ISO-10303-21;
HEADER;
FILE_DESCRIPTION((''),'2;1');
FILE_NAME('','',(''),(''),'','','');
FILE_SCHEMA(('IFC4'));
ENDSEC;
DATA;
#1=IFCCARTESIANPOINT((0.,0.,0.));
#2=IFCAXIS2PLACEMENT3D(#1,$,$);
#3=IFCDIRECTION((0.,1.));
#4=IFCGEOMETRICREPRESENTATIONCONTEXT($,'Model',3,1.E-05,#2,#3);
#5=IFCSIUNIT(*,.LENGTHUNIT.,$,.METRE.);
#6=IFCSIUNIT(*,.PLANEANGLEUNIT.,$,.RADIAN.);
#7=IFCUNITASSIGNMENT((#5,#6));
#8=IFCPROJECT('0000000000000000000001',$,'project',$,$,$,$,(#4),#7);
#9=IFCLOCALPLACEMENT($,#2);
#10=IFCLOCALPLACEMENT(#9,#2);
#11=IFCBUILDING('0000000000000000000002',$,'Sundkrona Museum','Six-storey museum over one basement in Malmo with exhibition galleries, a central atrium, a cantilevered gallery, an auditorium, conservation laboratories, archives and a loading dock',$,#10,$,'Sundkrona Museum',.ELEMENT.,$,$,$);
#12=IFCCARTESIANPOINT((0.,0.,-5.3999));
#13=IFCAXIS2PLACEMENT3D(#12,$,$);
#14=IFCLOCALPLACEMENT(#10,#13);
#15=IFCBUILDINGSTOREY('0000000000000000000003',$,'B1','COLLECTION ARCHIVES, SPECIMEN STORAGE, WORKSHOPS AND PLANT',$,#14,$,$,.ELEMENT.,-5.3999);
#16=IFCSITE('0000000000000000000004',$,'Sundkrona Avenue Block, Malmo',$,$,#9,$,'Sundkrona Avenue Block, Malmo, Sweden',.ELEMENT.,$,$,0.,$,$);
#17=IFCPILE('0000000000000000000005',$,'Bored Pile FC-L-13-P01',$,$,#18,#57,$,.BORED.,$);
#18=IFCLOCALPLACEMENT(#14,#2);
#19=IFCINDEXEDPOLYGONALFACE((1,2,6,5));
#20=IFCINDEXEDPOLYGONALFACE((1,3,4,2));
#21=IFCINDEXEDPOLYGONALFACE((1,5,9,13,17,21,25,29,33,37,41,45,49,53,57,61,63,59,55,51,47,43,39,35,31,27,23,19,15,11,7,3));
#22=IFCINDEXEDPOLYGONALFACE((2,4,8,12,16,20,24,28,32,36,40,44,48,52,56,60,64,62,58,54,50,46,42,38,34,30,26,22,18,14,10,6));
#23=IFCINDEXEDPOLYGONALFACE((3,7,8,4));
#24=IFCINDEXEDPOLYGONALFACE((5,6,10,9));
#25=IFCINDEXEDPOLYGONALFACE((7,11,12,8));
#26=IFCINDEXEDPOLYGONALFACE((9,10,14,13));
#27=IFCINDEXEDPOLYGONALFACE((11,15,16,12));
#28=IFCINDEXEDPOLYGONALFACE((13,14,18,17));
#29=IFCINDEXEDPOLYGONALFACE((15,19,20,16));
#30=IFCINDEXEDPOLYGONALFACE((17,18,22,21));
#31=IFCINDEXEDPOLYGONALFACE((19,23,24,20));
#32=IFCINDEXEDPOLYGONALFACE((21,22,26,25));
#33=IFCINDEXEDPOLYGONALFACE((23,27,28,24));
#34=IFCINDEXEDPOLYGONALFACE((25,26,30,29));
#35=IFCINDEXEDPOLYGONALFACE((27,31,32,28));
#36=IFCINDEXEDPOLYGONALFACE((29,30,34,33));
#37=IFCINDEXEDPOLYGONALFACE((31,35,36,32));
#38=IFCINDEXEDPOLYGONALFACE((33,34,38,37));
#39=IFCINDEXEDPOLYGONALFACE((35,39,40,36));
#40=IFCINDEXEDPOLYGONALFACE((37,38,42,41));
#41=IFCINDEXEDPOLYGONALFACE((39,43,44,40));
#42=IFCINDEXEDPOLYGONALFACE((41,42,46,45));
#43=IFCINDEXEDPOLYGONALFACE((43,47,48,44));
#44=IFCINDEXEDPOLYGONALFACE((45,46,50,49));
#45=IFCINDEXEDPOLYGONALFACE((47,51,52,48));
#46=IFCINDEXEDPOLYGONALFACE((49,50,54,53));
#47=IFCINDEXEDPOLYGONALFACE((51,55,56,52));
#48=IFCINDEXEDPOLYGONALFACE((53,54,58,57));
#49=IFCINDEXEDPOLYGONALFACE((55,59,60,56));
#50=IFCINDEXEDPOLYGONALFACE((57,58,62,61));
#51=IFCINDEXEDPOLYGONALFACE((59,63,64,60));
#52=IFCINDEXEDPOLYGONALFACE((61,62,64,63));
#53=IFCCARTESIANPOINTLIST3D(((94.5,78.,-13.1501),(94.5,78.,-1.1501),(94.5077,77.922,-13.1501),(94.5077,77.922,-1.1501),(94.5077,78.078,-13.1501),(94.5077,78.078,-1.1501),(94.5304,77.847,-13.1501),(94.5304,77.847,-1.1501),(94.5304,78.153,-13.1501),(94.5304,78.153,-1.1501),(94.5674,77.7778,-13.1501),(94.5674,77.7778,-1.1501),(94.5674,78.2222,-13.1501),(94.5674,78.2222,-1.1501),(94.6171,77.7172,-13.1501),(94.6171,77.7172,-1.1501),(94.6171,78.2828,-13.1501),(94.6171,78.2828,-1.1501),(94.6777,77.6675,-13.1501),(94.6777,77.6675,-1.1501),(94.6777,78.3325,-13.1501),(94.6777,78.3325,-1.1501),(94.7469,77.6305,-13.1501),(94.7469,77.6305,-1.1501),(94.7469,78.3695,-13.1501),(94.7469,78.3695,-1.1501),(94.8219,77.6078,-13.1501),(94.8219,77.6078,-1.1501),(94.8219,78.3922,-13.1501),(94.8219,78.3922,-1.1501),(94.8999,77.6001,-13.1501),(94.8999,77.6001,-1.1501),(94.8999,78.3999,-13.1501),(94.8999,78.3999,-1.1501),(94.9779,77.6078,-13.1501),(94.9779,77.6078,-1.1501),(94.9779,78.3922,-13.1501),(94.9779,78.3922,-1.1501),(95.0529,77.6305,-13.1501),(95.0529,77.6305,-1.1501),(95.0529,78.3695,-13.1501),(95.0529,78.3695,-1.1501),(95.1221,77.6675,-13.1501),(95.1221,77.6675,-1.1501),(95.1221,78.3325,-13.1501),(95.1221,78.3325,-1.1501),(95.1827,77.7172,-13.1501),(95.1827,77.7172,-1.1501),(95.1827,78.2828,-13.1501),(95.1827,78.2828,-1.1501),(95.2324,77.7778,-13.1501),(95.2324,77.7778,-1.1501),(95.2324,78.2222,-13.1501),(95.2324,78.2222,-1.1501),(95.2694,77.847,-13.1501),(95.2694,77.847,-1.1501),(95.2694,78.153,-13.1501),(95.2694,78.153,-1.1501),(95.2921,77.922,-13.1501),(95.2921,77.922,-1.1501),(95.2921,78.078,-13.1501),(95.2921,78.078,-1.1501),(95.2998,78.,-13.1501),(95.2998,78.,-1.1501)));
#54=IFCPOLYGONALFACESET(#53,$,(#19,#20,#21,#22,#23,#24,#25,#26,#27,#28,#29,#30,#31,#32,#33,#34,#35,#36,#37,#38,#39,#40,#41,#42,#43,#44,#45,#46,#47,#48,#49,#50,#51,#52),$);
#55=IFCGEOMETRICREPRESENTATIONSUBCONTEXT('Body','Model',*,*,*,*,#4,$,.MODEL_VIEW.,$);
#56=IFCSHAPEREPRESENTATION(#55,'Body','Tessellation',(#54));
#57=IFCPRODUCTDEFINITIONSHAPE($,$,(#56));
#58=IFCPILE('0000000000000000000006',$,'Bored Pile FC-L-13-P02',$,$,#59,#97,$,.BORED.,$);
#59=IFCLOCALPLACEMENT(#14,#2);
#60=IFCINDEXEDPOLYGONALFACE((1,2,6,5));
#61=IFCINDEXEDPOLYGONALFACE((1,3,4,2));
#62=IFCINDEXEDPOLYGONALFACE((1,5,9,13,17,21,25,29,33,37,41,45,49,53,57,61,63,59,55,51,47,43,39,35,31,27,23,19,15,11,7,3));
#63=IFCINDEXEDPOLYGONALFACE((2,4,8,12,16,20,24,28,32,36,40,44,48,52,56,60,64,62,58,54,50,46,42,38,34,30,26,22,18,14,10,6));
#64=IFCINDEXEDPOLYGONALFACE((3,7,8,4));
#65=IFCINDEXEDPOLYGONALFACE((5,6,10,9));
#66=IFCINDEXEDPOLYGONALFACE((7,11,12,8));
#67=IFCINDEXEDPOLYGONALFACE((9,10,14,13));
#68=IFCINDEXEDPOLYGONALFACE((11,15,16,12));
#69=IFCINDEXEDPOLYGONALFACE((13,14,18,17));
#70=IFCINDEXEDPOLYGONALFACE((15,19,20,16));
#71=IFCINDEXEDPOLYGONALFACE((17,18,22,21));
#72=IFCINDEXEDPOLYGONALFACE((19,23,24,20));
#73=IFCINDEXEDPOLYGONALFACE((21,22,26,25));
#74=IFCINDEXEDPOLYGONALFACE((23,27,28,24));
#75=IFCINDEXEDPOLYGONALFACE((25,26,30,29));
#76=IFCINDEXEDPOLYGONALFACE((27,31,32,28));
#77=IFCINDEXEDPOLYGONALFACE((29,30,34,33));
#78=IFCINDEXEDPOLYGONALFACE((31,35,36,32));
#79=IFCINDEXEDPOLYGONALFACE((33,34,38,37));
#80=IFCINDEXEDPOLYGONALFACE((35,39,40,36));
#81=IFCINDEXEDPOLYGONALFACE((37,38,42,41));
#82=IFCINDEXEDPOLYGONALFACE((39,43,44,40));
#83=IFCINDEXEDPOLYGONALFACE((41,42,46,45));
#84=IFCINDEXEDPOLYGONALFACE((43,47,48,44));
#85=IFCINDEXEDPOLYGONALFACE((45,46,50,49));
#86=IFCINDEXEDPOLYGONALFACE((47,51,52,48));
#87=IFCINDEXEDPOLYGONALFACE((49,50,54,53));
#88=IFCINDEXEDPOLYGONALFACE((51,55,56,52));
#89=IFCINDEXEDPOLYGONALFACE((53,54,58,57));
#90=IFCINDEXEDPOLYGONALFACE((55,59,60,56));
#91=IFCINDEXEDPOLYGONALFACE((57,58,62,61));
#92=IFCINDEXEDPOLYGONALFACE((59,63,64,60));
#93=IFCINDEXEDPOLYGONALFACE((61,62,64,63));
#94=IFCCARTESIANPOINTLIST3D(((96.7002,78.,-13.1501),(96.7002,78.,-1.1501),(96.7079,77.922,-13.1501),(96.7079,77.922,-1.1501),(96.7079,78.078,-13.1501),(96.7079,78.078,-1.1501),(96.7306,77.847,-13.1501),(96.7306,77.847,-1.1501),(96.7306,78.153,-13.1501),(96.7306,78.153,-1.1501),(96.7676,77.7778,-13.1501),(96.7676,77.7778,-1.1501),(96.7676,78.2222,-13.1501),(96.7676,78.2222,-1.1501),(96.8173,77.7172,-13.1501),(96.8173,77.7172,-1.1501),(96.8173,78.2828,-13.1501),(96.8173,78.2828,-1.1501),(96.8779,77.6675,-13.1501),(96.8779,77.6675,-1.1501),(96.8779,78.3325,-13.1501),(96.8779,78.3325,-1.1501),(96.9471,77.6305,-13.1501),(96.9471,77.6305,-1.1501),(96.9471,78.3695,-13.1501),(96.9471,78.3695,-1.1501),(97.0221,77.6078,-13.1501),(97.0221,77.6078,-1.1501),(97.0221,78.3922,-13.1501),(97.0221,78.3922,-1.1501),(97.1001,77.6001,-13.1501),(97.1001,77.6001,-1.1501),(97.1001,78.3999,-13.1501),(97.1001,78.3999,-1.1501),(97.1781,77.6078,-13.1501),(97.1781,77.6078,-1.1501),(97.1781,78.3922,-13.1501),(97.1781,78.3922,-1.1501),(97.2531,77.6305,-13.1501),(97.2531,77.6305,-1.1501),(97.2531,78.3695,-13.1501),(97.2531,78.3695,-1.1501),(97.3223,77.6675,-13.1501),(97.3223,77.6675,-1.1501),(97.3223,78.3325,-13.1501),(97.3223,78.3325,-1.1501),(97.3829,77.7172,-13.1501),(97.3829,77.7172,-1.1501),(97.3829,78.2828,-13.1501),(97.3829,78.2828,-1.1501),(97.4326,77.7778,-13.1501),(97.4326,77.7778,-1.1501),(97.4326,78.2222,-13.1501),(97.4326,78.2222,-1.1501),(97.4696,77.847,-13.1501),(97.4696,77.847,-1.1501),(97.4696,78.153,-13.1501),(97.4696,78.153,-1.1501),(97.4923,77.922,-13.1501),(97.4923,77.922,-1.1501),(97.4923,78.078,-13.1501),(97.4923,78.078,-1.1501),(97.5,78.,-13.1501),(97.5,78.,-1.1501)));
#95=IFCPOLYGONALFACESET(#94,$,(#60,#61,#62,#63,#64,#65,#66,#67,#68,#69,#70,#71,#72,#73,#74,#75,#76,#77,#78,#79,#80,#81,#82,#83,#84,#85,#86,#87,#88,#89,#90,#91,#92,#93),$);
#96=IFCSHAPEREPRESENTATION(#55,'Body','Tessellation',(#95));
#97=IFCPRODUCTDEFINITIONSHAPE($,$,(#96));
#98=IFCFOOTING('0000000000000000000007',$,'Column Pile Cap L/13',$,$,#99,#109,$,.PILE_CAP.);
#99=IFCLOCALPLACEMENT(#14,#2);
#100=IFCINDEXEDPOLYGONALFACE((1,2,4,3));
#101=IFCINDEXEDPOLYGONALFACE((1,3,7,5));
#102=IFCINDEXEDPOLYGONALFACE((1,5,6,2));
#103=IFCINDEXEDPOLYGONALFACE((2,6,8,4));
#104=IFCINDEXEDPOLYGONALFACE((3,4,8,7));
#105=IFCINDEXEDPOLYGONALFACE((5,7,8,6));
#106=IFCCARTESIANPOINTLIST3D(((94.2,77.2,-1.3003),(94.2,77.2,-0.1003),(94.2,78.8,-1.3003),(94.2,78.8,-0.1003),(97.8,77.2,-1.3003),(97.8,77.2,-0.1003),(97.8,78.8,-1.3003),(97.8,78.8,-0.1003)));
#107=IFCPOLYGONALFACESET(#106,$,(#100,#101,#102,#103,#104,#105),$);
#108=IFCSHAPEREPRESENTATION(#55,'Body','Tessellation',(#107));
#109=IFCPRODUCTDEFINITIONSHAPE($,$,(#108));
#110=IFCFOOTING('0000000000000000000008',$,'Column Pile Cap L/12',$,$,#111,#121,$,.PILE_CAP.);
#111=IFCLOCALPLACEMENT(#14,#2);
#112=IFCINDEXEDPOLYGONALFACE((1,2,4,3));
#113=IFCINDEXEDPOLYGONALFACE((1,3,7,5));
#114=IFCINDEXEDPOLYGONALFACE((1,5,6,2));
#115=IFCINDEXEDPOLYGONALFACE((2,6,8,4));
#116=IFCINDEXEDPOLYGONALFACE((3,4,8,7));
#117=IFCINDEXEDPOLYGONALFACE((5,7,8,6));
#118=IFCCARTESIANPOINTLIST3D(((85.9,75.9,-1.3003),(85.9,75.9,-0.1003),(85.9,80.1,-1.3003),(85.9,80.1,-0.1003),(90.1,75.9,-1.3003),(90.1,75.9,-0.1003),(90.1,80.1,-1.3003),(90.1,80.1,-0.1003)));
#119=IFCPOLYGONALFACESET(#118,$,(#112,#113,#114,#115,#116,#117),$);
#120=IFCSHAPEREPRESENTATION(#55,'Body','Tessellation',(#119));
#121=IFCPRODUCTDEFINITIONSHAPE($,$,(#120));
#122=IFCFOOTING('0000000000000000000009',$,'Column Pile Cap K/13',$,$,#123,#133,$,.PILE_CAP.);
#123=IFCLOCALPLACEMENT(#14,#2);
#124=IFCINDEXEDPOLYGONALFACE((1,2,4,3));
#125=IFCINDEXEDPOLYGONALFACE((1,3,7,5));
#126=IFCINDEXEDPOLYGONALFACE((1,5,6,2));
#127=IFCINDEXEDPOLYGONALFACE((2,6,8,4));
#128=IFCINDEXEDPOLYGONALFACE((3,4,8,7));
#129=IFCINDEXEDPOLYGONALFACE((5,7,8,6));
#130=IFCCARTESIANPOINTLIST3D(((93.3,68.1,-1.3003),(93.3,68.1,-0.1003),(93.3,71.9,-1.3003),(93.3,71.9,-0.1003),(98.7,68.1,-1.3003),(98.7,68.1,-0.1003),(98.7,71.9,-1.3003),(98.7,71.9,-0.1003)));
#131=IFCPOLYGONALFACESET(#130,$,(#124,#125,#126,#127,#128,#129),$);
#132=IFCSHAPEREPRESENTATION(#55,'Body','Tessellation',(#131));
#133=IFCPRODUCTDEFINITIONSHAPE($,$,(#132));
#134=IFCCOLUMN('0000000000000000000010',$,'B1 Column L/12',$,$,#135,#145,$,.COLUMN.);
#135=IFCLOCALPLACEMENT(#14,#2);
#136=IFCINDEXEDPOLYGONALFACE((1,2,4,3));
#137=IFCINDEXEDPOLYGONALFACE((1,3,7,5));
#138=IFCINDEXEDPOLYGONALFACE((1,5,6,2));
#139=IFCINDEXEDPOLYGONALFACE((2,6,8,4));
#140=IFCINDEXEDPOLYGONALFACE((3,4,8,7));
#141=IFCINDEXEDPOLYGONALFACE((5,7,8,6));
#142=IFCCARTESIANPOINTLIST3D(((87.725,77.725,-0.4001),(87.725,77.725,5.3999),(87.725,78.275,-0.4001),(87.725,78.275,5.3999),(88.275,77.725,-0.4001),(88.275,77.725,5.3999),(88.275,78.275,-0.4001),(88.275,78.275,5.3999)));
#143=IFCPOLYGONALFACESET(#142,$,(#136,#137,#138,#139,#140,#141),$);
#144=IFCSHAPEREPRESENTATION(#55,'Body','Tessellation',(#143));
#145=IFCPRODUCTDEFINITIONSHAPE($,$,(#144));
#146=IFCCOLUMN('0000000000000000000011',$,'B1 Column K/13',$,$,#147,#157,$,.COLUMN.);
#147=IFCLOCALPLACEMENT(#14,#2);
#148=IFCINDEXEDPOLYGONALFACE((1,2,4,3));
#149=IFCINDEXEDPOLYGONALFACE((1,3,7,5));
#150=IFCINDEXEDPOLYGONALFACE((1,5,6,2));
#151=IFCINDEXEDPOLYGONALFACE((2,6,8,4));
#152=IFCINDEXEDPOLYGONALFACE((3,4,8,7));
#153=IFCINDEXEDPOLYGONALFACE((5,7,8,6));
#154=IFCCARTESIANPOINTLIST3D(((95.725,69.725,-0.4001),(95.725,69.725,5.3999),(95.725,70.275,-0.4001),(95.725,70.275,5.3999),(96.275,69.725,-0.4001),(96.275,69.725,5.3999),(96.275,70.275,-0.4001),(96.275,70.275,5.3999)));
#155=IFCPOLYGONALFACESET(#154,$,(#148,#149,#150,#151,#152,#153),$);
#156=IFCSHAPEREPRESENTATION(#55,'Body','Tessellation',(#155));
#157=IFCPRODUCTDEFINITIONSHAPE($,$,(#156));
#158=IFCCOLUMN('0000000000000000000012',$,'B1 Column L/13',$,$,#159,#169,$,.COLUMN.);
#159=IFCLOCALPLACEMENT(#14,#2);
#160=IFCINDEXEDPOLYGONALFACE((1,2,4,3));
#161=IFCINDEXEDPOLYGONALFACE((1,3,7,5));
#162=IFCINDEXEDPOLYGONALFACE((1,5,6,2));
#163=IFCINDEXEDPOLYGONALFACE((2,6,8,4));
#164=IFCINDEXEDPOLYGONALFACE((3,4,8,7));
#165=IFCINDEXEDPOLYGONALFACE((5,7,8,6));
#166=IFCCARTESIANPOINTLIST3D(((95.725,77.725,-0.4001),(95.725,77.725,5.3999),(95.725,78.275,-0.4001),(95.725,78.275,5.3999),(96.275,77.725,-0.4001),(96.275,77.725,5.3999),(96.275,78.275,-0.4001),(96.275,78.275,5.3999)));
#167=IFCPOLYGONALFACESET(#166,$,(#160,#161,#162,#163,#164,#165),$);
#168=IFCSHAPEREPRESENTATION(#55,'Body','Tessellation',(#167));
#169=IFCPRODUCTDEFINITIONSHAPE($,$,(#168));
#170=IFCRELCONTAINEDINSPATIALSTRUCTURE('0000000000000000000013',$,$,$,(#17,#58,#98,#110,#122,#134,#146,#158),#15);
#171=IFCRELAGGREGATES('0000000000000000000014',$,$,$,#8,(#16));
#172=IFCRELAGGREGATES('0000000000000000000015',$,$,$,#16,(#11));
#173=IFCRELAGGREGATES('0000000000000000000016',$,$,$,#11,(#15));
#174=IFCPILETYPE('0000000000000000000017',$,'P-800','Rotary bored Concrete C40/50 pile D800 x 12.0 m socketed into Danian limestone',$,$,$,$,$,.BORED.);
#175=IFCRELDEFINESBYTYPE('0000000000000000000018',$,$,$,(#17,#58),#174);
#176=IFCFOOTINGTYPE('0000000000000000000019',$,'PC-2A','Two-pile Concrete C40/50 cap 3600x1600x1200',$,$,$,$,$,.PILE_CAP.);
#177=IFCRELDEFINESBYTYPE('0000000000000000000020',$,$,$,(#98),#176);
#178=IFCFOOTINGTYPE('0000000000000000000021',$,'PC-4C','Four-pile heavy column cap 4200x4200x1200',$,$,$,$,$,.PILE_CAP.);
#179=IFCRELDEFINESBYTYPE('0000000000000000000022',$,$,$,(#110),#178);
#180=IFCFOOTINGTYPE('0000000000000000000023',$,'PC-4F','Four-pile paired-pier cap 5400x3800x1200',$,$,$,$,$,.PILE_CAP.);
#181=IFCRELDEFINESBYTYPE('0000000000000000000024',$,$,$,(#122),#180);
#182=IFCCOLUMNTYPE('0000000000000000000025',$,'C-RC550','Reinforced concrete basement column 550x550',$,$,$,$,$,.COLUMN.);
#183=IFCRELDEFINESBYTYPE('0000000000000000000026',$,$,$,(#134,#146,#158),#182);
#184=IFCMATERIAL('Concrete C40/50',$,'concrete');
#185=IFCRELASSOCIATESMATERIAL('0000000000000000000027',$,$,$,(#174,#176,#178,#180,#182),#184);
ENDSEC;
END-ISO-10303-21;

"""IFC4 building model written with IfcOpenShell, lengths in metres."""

from ifc_helpers import new_model, si_unit, direction, frame, origin, origin_2d, place, context, subcontext, project, spatial, rectangle, circle, extrude, material, material_profile, profile_set, type_object, element, save


model = new_model("IFC4")

# Units and contexts
model_context = context("Model", 3, precision=1e-05, world=origin(), true_north=direction((0.0, 1.0)))
body_context = subcontext(model_context, "Body", "Model", "MODEL_VIEW")
ifc_project = project(units=[si_unit("LENGTHUNIT", "METRE"), si_unit("PLANEANGLEUNIT", "RADIAN")], contexts=[model_context])

# Site, building, storey
site_placement = place(None, origin())
site = spatial("IfcSite", under=ifc_project, at=site_placement, Name="Sundkrona Avenue Block, Malmo", LongName="Sundkrona Avenue Block, Malmo, Sweden", CompositionType="ELEMENT", RefElevation=0.0)
building_placement = place(site_placement, origin())
building = spatial("IfcBuilding", under=site, at=building_placement, Name="Sundkrona Museum", Description="Six-storey museum over one basement in Malmo with exhibition galleries, a central atrium, a cantilevered gallery, an auditorium, conservation laboratories, archives and a loading dock", LongName="Sundkrona Museum", CompositionType="ELEMENT")
storey_placement = place(building_placement, frame((0.0, 0.0, -5.3999)))
storey = spatial("IfcBuildingStorey", under=building, at=storey_placement, Name="B1", Description="COLLECTION ARCHIVES, SPECIMEN STORAGE, WORKSHOPS AND PLANT", CompositionType="ELEMENT", Elevation=-5.3999)

# Shared definitions
ifc_material_1 = material(Name="Concrete C40/50", Category="concrete")

# Piles
ifc_material_profile_1 = material_profile(ifc_material_1, circle(Radius=0.3999, at=origin_2d()), Name="PILE D800")
ifc_profile_set_1 = profile_set([ifc_material_profile_1], Name="Concrete C40/50")
pile_type = type_object("IfcPileType", Name="P-800", Description="Rotary bored Concrete C40/50 pile D800 x 12.0 m socketed into Danian limestone", PredefinedType="BORED", material=ifc_profile_set_1)
for number, where, z_axis, x_axis, name in (
    (1, (94.8999, 78.0, -1.1501), (0.0, 0.0, -1.0), (1.0, 0.0, 0.0), "Bored Pile FC-L-13-P01"),
    (2, (97.1001, 78.0, -1.1501), (0.0, 0.0, -1.0), (1.0, 0.0, 0.0), "Bored Pile FC-L-13-P02"),
):
    element("IfcPile", number, at=place(storey_placement, frame(where, z_axis=z_axis, x_axis=x_axis)), inside=storey, type_object=pile_type, Name=name, PredefinedType="BORED", context=body_context, shape_type="SweptSolid", body=[
        extrude(circle(Radius=0.3999, at=origin_2d()), origin(), (0.0, 0.0, 1.0), 12.0),
    ])

# Footings
footing_type_1 = type_object("IfcFootingType", Name="PC-2A", Description="Two-pile Concrete C40/50 cap 3600x1600x1200", PredefinedType="PILE_CAP", material=ifc_material_1)
footing_1_placement = place(storey_placement, frame((96.0, 78.0, -1.3003), z_axis=(0.0, 0.0, 1.0), x_axis=(1.0, 0.0, 0.0)))
element("IfcFooting", 3, at=footing_1_placement, inside=storey, type_object=footing_type_1, Name="Column Pile Cap L/13", PredefinedType="PILE_CAP", context=body_context, shape_type="SweptSolid", body=[
    extrude(rectangle(XDim=3.6001, YDim=1.6001, at=origin_2d()), origin(), (0.0, 0.0, 1.0), 1.2),
])
footing_type_2 = type_object("IfcFootingType", Name="PC-4C", Description="Four-pile heavy column cap 4200x4200x1200", PredefinedType="PILE_CAP", material=ifc_material_1)
footing_2_placement = place(storey_placement, frame((88.0, 78.0, -1.3003), z_axis=(0.0, 0.0, 1.0), x_axis=(1.0, 0.0, 0.0)))
element("IfcFooting", 4, at=footing_2_placement, inside=storey, type_object=footing_type_2, Name="Column Pile Cap L/12", PredefinedType="PILE_CAP", context=body_context, shape_type="SweptSolid", body=[
    extrude(rectangle(XDim=4.2, YDim=4.2, at=origin_2d()), origin(), (0.0, 0.0, 1.0), 1.2),
])
footing_type_3 = type_object("IfcFootingType", Name="PC-4F", Description="Four-pile paired-pier cap 5400x3800x1200", PredefinedType="PILE_CAP", material=ifc_material_1)
footing_3_placement = place(storey_placement, frame((96.0, 70.0, -1.3003), z_axis=(0.0, 0.0, 1.0), x_axis=(1.0, 0.0, 0.0)))
element("IfcFooting", 5, at=footing_3_placement, inside=storey, type_object=footing_type_3, Name="Column Pile Cap K/13", PredefinedType="PILE_CAP", context=body_context, shape_type="SweptSolid", body=[
    extrude(rectangle(XDim=5.3999, YDim=3.8, at=origin_2d()), origin(), (0.0, 0.0, 1.0), 1.2),
])

# Columns
ifc_material_profile_2 = material_profile(ifc_material_1, rectangle(XDim=0.55, YDim=0.55, at=origin_2d()), Name="RC 550x550")
ifc_profile_set_2 = profile_set([ifc_material_profile_2], Name="Concrete C40/50")
column_type = type_object("IfcColumnType", Name="C-RC550", Description="Reinforced concrete basement column 550x550", PredefinedType="COLUMN", material=ifc_profile_set_2)
for number, where, z_axis, x_axis, name in (
    (6, (88.0, 78.0, -0.4001), (0.0, 0.0, 1.0), (1.0, 0.0, 0.0), "B1 Column L/12"),
    (7, (96.0, 70.0, -0.4001), (0.0, 0.0, 1.0), (1.0, 0.0, 0.0), "B1 Column K/13"),
    (8, (96.0, 78.0, -0.4001), (0.0, 0.0, 1.0), (1.0, 0.0, 0.0), "B1 Column L/13"),
):
    element("IfcColumn", number, at=place(storey_placement, frame(where, z_axis=z_axis, x_axis=x_axis)), inside=storey, type_object=column_type, Name=name, PredefinedType="COLUMN", context=body_context, shape_type="SweptSolid", body=[
        extrude(rectangle(XDim=0.55, YDim=0.55, at=origin_2d()), origin(), (0.0, 0.0, 1.0), 5.8),
    ])

save(model, "model.ifc")
